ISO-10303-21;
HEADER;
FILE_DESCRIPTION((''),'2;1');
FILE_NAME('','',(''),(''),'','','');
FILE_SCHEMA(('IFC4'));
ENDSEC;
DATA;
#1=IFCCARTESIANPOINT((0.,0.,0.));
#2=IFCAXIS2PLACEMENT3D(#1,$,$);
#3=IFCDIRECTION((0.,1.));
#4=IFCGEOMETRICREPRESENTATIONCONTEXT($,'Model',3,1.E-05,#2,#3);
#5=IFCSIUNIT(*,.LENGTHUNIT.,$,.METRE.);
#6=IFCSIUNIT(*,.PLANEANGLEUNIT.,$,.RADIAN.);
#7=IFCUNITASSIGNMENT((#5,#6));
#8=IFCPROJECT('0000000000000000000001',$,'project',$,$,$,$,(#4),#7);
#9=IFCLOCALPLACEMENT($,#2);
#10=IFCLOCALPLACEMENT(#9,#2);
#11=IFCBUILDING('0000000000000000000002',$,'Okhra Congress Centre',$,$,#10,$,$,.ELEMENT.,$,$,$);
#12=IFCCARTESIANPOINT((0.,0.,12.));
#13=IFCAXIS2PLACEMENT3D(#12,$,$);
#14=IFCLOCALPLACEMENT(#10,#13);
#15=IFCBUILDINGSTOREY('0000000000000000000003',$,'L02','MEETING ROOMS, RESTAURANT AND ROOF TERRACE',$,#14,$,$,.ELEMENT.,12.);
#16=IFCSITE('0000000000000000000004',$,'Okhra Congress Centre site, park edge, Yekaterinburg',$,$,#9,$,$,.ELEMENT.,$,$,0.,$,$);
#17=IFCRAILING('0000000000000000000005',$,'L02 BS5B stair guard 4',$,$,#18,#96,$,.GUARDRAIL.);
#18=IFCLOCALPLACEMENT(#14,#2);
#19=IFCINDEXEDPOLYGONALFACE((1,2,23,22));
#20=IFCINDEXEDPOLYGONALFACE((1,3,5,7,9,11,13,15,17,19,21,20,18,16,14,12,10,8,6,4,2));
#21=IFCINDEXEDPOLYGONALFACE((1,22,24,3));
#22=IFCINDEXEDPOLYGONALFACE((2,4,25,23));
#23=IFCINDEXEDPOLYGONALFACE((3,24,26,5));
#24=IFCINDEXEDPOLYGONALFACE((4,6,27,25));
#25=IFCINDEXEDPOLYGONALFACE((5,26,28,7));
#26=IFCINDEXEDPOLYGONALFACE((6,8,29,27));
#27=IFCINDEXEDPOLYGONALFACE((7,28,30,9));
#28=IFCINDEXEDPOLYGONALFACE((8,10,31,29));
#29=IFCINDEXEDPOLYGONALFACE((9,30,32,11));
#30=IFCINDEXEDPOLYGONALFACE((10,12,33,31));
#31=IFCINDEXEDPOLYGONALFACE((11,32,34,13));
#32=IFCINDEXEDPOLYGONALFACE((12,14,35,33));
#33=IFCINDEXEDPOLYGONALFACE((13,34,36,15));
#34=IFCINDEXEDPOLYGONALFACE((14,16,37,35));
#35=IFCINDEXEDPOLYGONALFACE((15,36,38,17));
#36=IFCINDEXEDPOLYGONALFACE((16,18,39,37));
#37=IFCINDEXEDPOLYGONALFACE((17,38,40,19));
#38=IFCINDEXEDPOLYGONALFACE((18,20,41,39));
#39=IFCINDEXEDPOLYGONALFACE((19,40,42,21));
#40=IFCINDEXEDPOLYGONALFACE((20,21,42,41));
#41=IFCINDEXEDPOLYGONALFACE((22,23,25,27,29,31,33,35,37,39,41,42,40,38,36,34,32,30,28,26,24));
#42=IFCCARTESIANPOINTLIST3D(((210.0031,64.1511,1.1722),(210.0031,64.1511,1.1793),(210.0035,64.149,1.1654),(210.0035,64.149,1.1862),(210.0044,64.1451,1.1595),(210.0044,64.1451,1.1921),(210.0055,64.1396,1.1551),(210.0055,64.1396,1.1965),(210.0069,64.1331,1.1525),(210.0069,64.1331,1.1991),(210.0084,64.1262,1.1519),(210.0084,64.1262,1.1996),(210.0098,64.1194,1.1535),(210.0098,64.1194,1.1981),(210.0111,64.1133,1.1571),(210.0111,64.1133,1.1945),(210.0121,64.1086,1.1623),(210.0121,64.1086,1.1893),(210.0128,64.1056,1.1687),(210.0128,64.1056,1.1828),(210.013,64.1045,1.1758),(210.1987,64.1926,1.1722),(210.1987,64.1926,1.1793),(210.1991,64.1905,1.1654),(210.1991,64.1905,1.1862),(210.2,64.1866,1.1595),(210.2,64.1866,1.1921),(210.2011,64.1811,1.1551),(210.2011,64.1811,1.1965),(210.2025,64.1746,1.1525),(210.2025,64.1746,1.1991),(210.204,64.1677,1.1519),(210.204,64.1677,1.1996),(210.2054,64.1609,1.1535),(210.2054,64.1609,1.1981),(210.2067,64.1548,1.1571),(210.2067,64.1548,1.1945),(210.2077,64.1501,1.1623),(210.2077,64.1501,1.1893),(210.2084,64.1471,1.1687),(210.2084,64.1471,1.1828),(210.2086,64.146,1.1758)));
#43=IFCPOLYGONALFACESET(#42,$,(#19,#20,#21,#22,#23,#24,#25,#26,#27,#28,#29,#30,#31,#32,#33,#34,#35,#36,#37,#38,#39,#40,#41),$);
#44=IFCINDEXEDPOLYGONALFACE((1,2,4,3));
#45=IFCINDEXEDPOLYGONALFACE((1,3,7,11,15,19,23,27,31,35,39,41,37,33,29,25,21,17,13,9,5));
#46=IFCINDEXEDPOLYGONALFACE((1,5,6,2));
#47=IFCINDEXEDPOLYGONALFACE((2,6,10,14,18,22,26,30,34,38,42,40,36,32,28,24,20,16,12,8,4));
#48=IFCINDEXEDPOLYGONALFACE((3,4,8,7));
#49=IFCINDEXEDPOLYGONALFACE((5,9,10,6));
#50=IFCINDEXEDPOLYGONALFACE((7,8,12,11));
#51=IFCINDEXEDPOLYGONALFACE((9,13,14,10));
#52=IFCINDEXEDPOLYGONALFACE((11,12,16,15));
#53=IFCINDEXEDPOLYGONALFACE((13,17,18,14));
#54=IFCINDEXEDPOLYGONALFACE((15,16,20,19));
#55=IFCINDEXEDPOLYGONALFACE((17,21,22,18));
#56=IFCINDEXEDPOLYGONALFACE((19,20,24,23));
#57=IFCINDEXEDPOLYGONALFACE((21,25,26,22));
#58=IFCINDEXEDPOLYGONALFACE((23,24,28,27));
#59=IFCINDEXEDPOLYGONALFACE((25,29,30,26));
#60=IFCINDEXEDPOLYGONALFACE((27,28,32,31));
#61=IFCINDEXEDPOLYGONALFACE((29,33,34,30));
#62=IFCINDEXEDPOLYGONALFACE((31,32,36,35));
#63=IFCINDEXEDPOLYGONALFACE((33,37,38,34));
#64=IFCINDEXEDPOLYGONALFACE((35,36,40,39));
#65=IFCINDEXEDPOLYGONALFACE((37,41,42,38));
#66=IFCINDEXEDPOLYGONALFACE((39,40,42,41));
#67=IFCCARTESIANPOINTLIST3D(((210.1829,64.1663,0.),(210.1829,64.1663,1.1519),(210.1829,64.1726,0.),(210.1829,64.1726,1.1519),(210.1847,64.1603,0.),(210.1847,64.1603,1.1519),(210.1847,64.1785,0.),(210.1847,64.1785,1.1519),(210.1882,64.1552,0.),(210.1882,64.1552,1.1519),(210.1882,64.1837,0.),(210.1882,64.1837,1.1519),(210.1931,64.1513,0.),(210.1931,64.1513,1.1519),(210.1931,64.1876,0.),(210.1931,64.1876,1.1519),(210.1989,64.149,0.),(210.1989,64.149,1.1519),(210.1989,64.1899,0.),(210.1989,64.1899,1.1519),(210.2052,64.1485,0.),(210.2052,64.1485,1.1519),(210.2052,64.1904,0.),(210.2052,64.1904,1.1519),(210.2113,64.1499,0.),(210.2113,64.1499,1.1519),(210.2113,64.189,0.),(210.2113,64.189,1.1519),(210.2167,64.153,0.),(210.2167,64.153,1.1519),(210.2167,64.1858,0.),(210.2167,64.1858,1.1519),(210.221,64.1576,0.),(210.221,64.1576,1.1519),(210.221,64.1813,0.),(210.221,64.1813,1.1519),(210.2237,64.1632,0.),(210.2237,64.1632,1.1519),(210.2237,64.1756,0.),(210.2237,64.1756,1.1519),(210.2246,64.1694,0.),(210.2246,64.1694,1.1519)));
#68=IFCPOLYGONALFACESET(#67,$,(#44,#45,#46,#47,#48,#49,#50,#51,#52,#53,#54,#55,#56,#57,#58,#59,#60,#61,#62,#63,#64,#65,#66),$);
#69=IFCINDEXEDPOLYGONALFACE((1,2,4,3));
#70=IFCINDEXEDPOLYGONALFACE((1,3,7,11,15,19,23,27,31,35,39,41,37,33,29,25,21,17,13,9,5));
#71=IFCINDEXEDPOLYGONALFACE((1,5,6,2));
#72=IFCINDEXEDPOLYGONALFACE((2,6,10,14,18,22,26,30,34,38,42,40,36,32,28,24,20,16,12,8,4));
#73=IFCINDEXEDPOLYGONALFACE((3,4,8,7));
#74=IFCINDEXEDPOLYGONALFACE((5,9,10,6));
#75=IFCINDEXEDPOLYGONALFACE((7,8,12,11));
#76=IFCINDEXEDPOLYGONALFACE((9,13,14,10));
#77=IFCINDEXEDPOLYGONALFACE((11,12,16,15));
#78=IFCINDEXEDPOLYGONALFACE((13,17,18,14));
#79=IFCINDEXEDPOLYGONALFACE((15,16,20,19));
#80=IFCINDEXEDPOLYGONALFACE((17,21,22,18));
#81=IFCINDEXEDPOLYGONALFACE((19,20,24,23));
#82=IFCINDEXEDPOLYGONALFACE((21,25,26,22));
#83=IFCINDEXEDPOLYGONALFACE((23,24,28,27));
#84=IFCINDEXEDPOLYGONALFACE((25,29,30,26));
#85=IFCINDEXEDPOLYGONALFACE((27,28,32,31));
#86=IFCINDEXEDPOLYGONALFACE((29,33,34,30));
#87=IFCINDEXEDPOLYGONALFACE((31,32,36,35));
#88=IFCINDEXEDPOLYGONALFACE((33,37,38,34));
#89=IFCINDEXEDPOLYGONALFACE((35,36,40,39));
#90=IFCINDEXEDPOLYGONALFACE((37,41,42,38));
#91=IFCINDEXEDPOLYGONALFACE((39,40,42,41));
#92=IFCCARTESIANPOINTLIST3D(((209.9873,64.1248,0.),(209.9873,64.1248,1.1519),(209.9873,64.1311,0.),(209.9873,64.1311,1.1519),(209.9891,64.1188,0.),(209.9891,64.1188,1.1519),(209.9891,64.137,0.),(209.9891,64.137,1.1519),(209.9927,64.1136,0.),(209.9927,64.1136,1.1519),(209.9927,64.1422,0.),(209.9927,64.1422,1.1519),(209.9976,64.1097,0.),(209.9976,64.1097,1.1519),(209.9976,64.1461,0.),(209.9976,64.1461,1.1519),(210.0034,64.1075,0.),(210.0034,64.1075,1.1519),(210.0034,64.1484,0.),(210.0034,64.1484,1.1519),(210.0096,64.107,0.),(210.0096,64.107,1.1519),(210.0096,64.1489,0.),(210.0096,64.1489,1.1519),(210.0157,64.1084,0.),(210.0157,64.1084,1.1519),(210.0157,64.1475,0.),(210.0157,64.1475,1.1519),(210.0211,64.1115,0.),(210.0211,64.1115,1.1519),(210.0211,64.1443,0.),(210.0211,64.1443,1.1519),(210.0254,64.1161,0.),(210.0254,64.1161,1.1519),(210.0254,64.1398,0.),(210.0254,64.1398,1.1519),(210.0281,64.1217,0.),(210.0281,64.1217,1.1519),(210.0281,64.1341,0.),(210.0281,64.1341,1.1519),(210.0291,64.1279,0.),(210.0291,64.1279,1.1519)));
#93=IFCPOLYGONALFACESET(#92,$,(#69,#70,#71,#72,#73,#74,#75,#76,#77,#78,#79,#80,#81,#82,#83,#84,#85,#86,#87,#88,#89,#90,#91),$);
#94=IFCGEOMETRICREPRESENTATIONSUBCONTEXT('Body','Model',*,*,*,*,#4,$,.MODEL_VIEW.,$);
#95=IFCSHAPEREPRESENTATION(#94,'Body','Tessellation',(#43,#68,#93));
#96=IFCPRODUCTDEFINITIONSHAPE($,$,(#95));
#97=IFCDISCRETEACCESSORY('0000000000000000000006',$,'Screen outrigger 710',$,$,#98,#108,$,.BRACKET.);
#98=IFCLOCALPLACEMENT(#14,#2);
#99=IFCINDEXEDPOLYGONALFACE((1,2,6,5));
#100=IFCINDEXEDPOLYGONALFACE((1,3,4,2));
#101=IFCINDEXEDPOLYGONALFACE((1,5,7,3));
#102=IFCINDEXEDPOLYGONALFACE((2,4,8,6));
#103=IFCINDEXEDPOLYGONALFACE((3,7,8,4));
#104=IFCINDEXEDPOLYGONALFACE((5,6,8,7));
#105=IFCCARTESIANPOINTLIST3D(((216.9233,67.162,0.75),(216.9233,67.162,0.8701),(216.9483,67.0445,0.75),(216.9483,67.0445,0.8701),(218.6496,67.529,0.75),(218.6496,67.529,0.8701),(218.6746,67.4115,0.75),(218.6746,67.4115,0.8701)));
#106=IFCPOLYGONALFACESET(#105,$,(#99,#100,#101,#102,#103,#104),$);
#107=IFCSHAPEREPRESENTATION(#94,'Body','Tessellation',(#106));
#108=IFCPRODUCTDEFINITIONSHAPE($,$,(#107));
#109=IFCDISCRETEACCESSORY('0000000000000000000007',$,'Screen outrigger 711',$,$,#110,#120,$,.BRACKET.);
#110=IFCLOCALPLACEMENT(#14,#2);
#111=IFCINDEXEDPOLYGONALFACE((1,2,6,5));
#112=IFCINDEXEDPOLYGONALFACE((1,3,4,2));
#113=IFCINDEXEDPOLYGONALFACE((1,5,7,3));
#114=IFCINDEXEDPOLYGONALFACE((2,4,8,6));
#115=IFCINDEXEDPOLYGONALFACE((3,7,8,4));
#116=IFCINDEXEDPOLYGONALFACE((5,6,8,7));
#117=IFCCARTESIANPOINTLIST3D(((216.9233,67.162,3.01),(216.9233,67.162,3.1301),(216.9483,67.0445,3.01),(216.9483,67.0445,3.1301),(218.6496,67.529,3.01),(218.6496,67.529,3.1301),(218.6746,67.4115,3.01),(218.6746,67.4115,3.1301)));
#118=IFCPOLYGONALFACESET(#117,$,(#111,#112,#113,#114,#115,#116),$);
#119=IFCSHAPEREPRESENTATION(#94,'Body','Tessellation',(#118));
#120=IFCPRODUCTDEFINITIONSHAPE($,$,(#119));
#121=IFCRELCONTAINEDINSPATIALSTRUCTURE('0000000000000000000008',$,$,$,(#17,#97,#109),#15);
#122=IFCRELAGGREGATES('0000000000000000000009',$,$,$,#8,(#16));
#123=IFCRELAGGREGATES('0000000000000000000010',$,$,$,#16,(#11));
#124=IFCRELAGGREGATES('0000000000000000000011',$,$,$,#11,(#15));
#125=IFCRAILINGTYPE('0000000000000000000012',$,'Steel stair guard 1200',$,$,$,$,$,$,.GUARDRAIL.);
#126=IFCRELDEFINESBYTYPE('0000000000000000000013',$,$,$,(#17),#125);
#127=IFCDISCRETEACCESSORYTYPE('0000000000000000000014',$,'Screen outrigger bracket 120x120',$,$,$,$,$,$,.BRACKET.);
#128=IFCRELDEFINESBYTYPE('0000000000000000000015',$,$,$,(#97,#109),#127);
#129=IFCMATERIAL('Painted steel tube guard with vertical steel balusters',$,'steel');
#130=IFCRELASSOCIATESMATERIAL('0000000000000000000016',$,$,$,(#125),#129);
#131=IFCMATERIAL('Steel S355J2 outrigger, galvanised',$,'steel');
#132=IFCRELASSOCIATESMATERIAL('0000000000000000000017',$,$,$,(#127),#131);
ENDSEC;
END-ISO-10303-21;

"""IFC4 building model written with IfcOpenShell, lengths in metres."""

from ifc_helpers import new_model, si_unit, direction, frame, origin, origin_2d, place, context, subcontext, project, spatial, rectangle, circle, extrude, material, material_profile, profile_set, type_object, element, save


model = new_model("IFC4")

# Units and contexts
model_context = context("Model", 3, precision=1e-05, world=origin(), true_north=direction((0.0, 1.0)))
body_context = subcontext(model_context, "Body", "Model", "MODEL_VIEW")
ifc_project = project(units=[si_unit("LENGTHUNIT", "METRE"), si_unit("PLANEANGLEUNIT", "RADIAN")], contexts=[model_context])

# Site, building, storey
site_placement = place(None, origin())
site = spatial("IfcSite", under=ifc_project, at=site_placement, Name="Okhra Congress Centre site, park edge, Yekaterinburg", CompositionType="ELEMENT", RefElevation=0.0)
building_placement = place(site_placement, origin())
building = spatial("IfcBuilding", under=site, at=building_placement, Name="Okhra Congress Centre", CompositionType="ELEMENT")
storey_placement = place(building_placement, frame((0.0, 0.0, 12.0)))
storey = spatial("IfcBuildingStorey", under=building, at=storey_placement, Name="L02", Description="MEETING ROOMS, RESTAURANT AND ROOF TERRACE", CompositionType="ELEMENT", Elevation=12.0)

# Railing
ifc_material_1 = material(Name="Painted steel tube guard with vertical steel balusters", Category="steel")
railing_type_1 = type_object("IfcRailingType", Name="Steel stair guard 1200", PredefinedType="GUARDRAIL", material=ifc_material_1)
railing_1_placement = place(storey_placement, frame((210.2036, 64.1694, 0.0)))
element("IfcRailing", 1, at=railing_1_placement, inside=storey, type_object=railing_type_1, Name="L02 BS5B stair guard 4", PredefinedType="GUARDRAIL", context=body_context, shape_type="SweptSolid", body=[
    extrude(circle(Radius=0.0239, at=origin_2d()), frame((0.0, 0.0, 1.1758), z_axis=(-0.978212, -0.20761, 0.0), x_axis=(0.20761, -0.978212, 0.0)), (0.0, 0.0, 1.0), 0.2),
    extrude(circle(Radius=0.021, at=origin_2d()), origin(), (0.0, 0.0, 1.0), 1.1519),
    extrude(circle(Radius=0.021, at=origin_2d()), frame((-0.1956, -0.0415, 0.0)), (0.0, 0.0, 1.0), 1.1519),
])

# Discrete accessories
ifc_material_2 = material(Name="Steel S355J2 outrigger, galvanised", Category="steel")
ifc_material_profile_1 = material_profile(ifc_material_2, rectangle(XDim=0.1201, YDim=0.1201, at=origin_2d()), Name="Screen outrigger bracket 120x120")
ifc_profile_set_1 = profile_set([ifc_material_profile_1], Name="Steel S355J2 outrigger, galvanised")
discrete_accessory_type = type_object("IfcDiscreteAccessoryType", Name="Screen outrigger bracket 120x120", PredefinedType="BRACKET", material=ifc_profile_set_1)
for number, where, z_axis, x_axis, name in (
    (2, (216.9358, 67.1033, 0.8101), (0.978147, 0.207913, 0.0), (-0.207913, 0.978147, 0.0), "Screen outrigger 710"),
    (3, (216.9358, 67.1033, 3.0701), (0.978147, 0.207913, 0.0), (-0.207913, 0.978147, 0.0), "Screen outrigger 711"),
):
    element("IfcDiscreteAccessory", number, at=place(storey_placement, frame(where, z_axis=z_axis, x_axis=x_axis)), inside=storey, type_object=discrete_accessory_type, Name=name, PredefinedType="BRACKET", context=body_context, shape_type="SweptSolid", body=[
        extrude(rectangle(XDim=0.1201, YDim=0.1201, at=origin_2d()), origin(), (0.0, 0.0, 1.0), 1.7649),
    ])

save(model, "model.ifc")
